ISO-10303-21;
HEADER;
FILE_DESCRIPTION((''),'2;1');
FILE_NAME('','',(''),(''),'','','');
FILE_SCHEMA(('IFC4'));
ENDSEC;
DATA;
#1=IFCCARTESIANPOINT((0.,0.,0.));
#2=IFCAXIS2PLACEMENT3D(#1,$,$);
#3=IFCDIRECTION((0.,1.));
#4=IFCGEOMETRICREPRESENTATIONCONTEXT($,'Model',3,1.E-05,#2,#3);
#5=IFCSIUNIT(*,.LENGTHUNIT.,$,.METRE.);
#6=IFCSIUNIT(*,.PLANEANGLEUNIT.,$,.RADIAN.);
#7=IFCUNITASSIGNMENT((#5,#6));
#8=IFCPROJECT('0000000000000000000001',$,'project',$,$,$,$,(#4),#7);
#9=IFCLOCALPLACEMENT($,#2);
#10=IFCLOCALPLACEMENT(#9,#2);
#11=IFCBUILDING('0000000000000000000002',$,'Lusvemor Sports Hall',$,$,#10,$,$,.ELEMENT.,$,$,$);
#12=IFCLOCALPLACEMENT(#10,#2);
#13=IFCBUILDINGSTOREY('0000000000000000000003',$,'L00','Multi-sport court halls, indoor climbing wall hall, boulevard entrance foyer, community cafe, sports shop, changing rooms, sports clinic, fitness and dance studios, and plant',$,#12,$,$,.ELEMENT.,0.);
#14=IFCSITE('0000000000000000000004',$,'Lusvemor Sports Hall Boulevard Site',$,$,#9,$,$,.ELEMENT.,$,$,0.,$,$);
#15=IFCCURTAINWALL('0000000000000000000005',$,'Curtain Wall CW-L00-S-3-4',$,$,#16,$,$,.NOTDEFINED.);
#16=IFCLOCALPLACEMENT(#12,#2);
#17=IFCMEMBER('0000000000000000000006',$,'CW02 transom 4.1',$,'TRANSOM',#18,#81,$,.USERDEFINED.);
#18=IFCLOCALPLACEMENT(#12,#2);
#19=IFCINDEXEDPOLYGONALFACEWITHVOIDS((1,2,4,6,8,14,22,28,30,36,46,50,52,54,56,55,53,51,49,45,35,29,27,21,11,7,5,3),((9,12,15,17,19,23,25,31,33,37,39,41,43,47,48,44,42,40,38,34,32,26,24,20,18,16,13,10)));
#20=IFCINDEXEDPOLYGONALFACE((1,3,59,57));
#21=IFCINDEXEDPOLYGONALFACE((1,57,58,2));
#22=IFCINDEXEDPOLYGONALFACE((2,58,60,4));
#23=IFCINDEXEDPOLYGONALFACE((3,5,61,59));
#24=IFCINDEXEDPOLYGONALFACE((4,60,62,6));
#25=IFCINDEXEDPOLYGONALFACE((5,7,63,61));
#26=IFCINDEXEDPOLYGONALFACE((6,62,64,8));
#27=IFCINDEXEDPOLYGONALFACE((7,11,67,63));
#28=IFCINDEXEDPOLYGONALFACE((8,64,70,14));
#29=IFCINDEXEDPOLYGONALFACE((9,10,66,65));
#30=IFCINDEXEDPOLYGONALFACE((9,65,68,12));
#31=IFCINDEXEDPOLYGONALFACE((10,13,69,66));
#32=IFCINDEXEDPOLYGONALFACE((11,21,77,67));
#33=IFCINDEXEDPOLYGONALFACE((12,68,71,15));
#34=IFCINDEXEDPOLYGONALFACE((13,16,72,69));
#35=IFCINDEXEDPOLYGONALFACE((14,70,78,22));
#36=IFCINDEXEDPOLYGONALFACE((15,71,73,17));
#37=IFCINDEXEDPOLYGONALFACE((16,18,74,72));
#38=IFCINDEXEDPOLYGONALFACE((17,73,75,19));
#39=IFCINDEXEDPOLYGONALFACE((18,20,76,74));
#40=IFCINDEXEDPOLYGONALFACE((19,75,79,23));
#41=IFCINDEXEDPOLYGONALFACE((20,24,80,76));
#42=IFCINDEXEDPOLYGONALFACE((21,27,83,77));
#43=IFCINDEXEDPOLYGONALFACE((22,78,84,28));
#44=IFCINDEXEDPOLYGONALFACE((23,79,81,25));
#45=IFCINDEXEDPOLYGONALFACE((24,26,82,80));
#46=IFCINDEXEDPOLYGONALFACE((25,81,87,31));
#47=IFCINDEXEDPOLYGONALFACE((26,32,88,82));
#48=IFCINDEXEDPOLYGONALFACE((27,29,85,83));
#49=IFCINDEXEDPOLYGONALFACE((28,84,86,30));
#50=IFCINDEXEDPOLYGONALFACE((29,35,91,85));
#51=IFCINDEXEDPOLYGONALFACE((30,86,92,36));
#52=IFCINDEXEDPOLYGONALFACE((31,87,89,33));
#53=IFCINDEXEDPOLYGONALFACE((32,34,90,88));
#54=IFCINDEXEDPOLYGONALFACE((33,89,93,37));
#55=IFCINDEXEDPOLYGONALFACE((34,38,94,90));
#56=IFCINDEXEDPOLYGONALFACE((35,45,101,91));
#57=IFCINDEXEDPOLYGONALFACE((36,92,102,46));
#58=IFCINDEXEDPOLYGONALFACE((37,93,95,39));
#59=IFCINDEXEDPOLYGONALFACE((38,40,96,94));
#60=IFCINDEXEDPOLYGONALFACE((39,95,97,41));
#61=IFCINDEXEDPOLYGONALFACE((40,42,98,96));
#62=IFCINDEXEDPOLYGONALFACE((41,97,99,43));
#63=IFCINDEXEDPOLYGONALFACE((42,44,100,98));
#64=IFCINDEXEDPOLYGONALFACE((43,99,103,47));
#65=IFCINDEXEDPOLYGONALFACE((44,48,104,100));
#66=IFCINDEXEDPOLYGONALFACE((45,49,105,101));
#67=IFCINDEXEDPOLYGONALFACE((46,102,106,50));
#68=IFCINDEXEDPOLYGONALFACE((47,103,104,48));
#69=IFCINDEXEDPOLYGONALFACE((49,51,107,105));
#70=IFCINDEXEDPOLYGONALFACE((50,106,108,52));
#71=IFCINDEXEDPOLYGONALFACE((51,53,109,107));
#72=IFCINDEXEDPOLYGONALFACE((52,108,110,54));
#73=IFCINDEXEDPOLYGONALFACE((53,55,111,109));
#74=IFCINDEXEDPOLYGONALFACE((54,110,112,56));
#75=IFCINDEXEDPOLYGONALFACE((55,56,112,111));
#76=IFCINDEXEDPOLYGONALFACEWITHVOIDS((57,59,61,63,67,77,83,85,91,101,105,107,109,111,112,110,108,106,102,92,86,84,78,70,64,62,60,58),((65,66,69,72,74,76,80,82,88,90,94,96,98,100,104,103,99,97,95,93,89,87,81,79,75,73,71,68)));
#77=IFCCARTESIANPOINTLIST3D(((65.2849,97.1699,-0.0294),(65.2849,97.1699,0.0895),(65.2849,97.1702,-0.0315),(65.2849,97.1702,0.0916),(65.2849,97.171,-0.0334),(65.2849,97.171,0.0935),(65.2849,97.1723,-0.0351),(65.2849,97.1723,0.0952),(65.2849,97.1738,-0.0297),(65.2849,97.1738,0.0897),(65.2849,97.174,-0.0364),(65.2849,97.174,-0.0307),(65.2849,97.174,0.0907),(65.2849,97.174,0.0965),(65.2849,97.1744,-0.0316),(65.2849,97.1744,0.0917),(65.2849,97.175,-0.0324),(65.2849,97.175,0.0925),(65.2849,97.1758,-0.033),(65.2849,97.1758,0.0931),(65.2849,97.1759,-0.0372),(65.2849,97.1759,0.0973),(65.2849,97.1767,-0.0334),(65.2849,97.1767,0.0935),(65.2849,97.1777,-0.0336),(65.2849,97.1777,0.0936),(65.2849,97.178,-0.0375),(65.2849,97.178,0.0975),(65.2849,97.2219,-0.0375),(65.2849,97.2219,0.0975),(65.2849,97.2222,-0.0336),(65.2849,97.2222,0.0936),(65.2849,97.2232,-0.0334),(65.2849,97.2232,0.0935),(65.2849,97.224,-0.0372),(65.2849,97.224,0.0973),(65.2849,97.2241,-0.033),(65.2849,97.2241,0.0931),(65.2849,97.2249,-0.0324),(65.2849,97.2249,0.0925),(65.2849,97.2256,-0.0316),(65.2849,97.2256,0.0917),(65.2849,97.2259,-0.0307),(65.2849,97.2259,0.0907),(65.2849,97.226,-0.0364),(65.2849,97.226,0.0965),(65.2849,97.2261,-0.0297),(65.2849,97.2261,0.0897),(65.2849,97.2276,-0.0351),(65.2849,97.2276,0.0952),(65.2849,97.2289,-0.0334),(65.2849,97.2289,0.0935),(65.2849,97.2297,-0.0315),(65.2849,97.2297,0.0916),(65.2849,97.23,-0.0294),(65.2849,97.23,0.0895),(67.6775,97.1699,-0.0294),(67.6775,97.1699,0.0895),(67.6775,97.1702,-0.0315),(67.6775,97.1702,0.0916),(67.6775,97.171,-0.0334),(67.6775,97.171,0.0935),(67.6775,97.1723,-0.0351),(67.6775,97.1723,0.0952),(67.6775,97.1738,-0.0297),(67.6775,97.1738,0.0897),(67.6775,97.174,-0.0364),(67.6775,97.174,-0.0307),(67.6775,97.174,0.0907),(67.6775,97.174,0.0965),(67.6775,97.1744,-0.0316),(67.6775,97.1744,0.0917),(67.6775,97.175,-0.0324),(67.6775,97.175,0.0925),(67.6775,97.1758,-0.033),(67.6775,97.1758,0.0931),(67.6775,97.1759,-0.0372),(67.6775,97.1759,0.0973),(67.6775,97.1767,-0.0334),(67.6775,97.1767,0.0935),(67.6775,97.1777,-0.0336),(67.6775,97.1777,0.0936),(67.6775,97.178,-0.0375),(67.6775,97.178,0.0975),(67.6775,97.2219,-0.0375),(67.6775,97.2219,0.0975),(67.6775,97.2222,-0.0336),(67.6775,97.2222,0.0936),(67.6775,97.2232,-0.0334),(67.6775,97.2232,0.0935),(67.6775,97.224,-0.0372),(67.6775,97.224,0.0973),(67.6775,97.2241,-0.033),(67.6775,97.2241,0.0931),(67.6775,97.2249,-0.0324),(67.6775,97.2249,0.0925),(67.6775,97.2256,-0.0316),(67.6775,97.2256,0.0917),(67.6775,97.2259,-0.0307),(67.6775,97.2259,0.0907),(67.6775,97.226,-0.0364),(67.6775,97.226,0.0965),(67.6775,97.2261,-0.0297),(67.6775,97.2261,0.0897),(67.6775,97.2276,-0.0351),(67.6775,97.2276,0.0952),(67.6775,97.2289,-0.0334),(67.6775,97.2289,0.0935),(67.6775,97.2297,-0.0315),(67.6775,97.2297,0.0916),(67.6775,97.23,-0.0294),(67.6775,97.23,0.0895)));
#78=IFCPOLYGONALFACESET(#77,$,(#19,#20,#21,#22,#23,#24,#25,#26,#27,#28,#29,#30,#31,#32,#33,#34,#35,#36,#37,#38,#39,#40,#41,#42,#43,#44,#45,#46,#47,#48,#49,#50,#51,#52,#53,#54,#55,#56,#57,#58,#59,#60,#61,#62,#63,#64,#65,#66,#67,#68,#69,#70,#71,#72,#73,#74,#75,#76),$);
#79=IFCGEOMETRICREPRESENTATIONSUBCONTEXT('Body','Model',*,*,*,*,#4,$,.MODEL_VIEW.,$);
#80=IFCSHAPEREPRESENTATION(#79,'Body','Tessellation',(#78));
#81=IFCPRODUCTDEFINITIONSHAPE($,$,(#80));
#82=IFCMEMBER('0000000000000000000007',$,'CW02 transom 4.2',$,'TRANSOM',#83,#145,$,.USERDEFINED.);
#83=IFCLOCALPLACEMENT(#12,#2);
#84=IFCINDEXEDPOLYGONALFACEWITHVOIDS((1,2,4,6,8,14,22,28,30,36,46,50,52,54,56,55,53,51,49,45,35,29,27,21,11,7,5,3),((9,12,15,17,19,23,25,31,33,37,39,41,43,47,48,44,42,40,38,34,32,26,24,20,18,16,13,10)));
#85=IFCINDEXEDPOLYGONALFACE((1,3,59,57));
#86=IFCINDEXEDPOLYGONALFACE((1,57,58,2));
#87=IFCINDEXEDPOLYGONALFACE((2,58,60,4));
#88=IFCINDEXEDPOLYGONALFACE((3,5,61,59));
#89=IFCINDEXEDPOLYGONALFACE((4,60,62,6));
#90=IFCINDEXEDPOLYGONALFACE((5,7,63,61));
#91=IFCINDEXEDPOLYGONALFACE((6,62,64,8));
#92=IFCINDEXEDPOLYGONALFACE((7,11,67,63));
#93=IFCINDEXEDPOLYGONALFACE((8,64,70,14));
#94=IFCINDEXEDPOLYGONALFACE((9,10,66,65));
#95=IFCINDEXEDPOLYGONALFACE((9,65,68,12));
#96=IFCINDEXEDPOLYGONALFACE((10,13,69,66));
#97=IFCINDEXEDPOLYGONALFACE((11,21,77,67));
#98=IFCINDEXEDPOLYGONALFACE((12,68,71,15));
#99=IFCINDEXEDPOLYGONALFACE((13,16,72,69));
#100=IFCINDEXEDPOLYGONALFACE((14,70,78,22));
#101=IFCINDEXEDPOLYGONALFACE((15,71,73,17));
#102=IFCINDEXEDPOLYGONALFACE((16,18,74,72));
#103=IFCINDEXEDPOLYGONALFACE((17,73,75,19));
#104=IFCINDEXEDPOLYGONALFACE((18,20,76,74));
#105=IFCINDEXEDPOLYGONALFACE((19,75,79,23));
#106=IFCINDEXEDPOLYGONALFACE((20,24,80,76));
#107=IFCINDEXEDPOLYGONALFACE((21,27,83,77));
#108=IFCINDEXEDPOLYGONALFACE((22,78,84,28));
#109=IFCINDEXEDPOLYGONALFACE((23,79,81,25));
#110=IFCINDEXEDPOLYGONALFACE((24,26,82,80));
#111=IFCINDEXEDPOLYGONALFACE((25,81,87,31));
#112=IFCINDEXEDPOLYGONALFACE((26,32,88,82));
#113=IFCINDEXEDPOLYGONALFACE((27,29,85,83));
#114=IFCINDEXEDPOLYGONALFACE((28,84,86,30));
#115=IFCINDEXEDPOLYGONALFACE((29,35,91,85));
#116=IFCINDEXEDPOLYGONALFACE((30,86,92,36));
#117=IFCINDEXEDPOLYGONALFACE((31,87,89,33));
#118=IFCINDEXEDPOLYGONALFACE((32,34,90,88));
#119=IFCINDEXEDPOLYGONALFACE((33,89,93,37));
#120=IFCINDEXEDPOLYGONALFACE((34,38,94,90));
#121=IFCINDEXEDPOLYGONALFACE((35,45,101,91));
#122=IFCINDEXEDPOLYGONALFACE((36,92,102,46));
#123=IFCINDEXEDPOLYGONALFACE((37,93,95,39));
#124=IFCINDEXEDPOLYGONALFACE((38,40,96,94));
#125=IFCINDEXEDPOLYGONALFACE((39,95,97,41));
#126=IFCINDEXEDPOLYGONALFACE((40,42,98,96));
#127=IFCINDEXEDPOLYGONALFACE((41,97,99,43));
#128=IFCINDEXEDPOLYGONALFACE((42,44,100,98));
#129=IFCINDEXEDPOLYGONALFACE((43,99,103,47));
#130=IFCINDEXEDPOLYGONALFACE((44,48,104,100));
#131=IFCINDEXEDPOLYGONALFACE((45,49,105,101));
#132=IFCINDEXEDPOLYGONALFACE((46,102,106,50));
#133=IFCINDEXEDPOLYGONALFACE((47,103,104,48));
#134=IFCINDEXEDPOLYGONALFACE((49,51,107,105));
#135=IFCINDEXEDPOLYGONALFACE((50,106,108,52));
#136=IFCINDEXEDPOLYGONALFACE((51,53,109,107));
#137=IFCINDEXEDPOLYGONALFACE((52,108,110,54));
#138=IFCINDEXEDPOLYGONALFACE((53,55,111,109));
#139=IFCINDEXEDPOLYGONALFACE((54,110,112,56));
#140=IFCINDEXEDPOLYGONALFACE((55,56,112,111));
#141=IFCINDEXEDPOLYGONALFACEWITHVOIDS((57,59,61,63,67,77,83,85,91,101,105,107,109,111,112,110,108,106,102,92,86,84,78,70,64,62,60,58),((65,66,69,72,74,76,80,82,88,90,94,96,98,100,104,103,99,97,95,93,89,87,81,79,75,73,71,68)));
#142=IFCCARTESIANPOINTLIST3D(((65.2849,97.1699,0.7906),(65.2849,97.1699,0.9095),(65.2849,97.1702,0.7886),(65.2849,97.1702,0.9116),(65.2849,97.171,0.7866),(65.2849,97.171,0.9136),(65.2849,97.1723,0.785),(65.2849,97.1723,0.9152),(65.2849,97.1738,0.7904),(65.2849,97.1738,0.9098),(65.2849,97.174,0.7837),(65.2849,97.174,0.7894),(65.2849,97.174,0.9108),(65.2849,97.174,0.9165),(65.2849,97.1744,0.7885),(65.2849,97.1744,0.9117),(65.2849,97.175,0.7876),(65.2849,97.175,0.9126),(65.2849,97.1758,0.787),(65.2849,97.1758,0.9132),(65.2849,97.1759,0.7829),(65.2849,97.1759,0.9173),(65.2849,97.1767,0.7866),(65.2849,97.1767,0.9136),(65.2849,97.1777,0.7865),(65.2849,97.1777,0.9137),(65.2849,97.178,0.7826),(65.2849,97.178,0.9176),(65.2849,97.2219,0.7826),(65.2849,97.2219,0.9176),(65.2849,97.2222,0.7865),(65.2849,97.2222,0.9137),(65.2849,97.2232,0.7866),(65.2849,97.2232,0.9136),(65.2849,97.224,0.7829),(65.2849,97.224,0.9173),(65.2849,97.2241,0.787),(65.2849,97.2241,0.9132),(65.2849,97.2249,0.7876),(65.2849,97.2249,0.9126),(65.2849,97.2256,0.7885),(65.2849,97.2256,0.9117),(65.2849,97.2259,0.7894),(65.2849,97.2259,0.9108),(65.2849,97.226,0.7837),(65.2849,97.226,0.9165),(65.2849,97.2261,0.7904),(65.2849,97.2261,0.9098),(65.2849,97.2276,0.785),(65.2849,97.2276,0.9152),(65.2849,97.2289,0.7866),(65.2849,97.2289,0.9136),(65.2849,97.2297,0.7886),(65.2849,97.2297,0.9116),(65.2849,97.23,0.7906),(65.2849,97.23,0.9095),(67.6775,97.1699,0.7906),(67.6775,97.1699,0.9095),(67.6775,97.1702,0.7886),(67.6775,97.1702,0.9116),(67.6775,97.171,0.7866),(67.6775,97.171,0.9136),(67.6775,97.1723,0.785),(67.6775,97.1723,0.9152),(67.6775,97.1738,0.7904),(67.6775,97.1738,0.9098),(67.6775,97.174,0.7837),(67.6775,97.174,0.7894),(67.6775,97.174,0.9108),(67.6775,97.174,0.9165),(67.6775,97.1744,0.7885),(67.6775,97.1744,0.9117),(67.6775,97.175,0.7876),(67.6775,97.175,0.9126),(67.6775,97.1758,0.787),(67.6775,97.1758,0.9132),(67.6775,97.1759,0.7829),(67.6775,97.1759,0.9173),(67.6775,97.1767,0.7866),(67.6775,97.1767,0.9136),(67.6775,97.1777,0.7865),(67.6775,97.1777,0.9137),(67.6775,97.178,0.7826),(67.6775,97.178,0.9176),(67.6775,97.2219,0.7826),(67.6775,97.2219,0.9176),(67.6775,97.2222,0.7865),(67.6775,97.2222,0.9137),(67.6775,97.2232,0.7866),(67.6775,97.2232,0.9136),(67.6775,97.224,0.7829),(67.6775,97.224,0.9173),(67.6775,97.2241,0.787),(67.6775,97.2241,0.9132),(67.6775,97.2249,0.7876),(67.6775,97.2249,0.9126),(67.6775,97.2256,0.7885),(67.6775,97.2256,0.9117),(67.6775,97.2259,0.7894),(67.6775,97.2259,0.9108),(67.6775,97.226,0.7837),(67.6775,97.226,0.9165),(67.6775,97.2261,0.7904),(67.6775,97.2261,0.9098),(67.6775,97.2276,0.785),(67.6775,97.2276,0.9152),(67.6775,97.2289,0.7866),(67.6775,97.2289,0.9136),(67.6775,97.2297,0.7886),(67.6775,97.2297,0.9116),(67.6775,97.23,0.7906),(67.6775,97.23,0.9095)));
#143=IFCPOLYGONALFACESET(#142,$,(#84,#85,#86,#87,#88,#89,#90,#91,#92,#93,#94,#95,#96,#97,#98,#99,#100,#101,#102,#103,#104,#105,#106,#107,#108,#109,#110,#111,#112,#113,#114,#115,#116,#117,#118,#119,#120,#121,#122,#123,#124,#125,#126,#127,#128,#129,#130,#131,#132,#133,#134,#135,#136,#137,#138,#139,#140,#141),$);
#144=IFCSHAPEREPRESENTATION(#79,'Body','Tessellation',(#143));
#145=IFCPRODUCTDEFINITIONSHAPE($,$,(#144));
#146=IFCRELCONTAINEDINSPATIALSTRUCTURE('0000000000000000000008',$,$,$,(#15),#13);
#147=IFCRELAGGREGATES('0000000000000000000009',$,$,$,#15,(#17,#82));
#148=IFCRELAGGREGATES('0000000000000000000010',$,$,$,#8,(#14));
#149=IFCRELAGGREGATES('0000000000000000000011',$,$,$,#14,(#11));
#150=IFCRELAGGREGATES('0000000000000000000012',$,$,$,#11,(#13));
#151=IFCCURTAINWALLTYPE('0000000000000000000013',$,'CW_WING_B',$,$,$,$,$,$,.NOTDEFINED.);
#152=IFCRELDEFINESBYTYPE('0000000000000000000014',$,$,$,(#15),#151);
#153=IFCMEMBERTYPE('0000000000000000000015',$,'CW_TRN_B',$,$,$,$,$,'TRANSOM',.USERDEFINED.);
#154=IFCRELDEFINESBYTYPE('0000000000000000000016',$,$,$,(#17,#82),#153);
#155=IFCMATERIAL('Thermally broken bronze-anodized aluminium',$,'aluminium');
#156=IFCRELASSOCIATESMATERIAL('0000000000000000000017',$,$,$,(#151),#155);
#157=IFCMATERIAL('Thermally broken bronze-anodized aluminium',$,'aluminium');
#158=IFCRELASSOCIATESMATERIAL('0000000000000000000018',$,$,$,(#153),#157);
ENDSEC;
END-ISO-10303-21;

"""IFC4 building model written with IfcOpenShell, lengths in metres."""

from ifc_helpers import new_model, si_unit, direction, frame, origin, origin_2d, place, context, subcontext, project, spatial, hollow_rectangle, extrude, material, material_profile, profile_set, type_object, element, aggregate, save


model = new_model("IFC4")

# Units and contexts
model_context = context("Model", 3, precision=1e-05, world=origin(), true_north=direction((0.0, 1.0)))
body_context = subcontext(model_context, "Body", "Model", "MODEL_VIEW")
ifc_project = project(units=[si_unit("LENGTHUNIT", "METRE"), si_unit("PLANEANGLEUNIT", "RADIAN")], contexts=[model_context])

# Site, building, storey
site_placement = place(None, origin())
site = spatial("IfcSite", under=ifc_project, at=site_placement, Name="Lusvemor Sports Hall Boulevard Site", CompositionType="ELEMENT", RefElevation=0.0)
building_placement = place(site_placement, origin())
building = spatial("IfcBuilding", under=site, at=building_placement, Name="Lusvemor Sports Hall", CompositionType="ELEMENT")
storey_placement = place(building_placement, origin())
storey = spatial("IfcBuildingStorey", under=building, at=storey_placement, Name="L00", Description="Multi-sport court halls, indoor climbing wall hall, boulevard entrance foyer, community cafe, sports shop, changing rooms, sports clinic, fitness and dance studios, and plant", CompositionType="ELEMENT", Elevation=0.0)

# Curtain wall, members
ifc_material_1 = material(Name="Thermally broken bronze-anodized aluminium", Category="aluminium")
curtain_wall_type = type_object("IfcCurtainWallType", Name="CW_WING_B", PredefinedType="NOTDEFINED", material=ifc_material_1)
curtain_wall_placement = place(storey_placement, origin())
curtain_wall = element("IfcCurtainWall", 1, at=curtain_wall_placement, inside=storey, type_object=curtain_wall_type, Name="Curtain Wall CW-L00-S-3-4", PredefinedType="NOTDEFINED")
ifc_material_2 = material(Name="Thermally broken bronze-anodized aluminium", Category="aluminium")
ifc_material_profile_1 = material_profile(ifc_material_2, hollow_rectangle(XDim=0.0601, YDim=0.135, WallThickness=0.0039, InnerFilletRadius=0.0039, OuterFilletRadius=0.0081, at=origin_2d()), Name="CWTRN135x60x4")
ifc_profile_set_1 = profile_set([ifc_material_profile_1], Name="Thermally broken bronze-anodized aluminium")
member_type_1 = type_object("IfcMemberType", Name="CW_TRN_B", ElementType="TRANSOM", PredefinedType="USERDEFINED", material=ifc_profile_set_1)
member_1_placement = place(storey_placement, frame((67.6775, 97.2, 0.03), z_axis=(-1.0, 0.0, 0.0), x_axis=(0.0, -1.0, 0.0)))
member_1 = element("IfcMember", 2, at=member_1_placement, type_object=member_type_1, Name="CW02 transom 4.1", ObjectType="TRANSOM", PredefinedType="USERDEFINED", context=body_context, shape_type="SweptSolid", body=[
    extrude(hollow_rectangle(XDim=0.0601, YDim=0.135, WallThickness=0.0039, InnerFilletRadius=0.0039, OuterFilletRadius=0.0081, at=origin_2d()), origin(), (0.0, 0.0, 1.0), 2.3926),
])
member_2_placement = place(storey_placement, frame((67.6775, 97.2, 0.8501), z_axis=(-1.0, 0.0, 0.0), x_axis=(0.0, -1.0, 0.0)))
member_2 = element("IfcMember", 3, at=member_2_placement, type_object=member_type_1, Name="CW02 transom 4.2", ObjectType="TRANSOM", PredefinedType="USERDEFINED", context=body_context, shape_type="SweptSolid", body=[
    extrude(hollow_rectangle(XDim=0.0601, YDim=0.135, WallThickness=0.0039, InnerFilletRadius=0.0039, OuterFilletRadius=0.0081, at=origin_2d()), origin(), (0.0, 0.0, 1.0), 2.3926),
])
aggregate(curtain_wall, [member_1, member_2])

save(model, "model.ifc")
